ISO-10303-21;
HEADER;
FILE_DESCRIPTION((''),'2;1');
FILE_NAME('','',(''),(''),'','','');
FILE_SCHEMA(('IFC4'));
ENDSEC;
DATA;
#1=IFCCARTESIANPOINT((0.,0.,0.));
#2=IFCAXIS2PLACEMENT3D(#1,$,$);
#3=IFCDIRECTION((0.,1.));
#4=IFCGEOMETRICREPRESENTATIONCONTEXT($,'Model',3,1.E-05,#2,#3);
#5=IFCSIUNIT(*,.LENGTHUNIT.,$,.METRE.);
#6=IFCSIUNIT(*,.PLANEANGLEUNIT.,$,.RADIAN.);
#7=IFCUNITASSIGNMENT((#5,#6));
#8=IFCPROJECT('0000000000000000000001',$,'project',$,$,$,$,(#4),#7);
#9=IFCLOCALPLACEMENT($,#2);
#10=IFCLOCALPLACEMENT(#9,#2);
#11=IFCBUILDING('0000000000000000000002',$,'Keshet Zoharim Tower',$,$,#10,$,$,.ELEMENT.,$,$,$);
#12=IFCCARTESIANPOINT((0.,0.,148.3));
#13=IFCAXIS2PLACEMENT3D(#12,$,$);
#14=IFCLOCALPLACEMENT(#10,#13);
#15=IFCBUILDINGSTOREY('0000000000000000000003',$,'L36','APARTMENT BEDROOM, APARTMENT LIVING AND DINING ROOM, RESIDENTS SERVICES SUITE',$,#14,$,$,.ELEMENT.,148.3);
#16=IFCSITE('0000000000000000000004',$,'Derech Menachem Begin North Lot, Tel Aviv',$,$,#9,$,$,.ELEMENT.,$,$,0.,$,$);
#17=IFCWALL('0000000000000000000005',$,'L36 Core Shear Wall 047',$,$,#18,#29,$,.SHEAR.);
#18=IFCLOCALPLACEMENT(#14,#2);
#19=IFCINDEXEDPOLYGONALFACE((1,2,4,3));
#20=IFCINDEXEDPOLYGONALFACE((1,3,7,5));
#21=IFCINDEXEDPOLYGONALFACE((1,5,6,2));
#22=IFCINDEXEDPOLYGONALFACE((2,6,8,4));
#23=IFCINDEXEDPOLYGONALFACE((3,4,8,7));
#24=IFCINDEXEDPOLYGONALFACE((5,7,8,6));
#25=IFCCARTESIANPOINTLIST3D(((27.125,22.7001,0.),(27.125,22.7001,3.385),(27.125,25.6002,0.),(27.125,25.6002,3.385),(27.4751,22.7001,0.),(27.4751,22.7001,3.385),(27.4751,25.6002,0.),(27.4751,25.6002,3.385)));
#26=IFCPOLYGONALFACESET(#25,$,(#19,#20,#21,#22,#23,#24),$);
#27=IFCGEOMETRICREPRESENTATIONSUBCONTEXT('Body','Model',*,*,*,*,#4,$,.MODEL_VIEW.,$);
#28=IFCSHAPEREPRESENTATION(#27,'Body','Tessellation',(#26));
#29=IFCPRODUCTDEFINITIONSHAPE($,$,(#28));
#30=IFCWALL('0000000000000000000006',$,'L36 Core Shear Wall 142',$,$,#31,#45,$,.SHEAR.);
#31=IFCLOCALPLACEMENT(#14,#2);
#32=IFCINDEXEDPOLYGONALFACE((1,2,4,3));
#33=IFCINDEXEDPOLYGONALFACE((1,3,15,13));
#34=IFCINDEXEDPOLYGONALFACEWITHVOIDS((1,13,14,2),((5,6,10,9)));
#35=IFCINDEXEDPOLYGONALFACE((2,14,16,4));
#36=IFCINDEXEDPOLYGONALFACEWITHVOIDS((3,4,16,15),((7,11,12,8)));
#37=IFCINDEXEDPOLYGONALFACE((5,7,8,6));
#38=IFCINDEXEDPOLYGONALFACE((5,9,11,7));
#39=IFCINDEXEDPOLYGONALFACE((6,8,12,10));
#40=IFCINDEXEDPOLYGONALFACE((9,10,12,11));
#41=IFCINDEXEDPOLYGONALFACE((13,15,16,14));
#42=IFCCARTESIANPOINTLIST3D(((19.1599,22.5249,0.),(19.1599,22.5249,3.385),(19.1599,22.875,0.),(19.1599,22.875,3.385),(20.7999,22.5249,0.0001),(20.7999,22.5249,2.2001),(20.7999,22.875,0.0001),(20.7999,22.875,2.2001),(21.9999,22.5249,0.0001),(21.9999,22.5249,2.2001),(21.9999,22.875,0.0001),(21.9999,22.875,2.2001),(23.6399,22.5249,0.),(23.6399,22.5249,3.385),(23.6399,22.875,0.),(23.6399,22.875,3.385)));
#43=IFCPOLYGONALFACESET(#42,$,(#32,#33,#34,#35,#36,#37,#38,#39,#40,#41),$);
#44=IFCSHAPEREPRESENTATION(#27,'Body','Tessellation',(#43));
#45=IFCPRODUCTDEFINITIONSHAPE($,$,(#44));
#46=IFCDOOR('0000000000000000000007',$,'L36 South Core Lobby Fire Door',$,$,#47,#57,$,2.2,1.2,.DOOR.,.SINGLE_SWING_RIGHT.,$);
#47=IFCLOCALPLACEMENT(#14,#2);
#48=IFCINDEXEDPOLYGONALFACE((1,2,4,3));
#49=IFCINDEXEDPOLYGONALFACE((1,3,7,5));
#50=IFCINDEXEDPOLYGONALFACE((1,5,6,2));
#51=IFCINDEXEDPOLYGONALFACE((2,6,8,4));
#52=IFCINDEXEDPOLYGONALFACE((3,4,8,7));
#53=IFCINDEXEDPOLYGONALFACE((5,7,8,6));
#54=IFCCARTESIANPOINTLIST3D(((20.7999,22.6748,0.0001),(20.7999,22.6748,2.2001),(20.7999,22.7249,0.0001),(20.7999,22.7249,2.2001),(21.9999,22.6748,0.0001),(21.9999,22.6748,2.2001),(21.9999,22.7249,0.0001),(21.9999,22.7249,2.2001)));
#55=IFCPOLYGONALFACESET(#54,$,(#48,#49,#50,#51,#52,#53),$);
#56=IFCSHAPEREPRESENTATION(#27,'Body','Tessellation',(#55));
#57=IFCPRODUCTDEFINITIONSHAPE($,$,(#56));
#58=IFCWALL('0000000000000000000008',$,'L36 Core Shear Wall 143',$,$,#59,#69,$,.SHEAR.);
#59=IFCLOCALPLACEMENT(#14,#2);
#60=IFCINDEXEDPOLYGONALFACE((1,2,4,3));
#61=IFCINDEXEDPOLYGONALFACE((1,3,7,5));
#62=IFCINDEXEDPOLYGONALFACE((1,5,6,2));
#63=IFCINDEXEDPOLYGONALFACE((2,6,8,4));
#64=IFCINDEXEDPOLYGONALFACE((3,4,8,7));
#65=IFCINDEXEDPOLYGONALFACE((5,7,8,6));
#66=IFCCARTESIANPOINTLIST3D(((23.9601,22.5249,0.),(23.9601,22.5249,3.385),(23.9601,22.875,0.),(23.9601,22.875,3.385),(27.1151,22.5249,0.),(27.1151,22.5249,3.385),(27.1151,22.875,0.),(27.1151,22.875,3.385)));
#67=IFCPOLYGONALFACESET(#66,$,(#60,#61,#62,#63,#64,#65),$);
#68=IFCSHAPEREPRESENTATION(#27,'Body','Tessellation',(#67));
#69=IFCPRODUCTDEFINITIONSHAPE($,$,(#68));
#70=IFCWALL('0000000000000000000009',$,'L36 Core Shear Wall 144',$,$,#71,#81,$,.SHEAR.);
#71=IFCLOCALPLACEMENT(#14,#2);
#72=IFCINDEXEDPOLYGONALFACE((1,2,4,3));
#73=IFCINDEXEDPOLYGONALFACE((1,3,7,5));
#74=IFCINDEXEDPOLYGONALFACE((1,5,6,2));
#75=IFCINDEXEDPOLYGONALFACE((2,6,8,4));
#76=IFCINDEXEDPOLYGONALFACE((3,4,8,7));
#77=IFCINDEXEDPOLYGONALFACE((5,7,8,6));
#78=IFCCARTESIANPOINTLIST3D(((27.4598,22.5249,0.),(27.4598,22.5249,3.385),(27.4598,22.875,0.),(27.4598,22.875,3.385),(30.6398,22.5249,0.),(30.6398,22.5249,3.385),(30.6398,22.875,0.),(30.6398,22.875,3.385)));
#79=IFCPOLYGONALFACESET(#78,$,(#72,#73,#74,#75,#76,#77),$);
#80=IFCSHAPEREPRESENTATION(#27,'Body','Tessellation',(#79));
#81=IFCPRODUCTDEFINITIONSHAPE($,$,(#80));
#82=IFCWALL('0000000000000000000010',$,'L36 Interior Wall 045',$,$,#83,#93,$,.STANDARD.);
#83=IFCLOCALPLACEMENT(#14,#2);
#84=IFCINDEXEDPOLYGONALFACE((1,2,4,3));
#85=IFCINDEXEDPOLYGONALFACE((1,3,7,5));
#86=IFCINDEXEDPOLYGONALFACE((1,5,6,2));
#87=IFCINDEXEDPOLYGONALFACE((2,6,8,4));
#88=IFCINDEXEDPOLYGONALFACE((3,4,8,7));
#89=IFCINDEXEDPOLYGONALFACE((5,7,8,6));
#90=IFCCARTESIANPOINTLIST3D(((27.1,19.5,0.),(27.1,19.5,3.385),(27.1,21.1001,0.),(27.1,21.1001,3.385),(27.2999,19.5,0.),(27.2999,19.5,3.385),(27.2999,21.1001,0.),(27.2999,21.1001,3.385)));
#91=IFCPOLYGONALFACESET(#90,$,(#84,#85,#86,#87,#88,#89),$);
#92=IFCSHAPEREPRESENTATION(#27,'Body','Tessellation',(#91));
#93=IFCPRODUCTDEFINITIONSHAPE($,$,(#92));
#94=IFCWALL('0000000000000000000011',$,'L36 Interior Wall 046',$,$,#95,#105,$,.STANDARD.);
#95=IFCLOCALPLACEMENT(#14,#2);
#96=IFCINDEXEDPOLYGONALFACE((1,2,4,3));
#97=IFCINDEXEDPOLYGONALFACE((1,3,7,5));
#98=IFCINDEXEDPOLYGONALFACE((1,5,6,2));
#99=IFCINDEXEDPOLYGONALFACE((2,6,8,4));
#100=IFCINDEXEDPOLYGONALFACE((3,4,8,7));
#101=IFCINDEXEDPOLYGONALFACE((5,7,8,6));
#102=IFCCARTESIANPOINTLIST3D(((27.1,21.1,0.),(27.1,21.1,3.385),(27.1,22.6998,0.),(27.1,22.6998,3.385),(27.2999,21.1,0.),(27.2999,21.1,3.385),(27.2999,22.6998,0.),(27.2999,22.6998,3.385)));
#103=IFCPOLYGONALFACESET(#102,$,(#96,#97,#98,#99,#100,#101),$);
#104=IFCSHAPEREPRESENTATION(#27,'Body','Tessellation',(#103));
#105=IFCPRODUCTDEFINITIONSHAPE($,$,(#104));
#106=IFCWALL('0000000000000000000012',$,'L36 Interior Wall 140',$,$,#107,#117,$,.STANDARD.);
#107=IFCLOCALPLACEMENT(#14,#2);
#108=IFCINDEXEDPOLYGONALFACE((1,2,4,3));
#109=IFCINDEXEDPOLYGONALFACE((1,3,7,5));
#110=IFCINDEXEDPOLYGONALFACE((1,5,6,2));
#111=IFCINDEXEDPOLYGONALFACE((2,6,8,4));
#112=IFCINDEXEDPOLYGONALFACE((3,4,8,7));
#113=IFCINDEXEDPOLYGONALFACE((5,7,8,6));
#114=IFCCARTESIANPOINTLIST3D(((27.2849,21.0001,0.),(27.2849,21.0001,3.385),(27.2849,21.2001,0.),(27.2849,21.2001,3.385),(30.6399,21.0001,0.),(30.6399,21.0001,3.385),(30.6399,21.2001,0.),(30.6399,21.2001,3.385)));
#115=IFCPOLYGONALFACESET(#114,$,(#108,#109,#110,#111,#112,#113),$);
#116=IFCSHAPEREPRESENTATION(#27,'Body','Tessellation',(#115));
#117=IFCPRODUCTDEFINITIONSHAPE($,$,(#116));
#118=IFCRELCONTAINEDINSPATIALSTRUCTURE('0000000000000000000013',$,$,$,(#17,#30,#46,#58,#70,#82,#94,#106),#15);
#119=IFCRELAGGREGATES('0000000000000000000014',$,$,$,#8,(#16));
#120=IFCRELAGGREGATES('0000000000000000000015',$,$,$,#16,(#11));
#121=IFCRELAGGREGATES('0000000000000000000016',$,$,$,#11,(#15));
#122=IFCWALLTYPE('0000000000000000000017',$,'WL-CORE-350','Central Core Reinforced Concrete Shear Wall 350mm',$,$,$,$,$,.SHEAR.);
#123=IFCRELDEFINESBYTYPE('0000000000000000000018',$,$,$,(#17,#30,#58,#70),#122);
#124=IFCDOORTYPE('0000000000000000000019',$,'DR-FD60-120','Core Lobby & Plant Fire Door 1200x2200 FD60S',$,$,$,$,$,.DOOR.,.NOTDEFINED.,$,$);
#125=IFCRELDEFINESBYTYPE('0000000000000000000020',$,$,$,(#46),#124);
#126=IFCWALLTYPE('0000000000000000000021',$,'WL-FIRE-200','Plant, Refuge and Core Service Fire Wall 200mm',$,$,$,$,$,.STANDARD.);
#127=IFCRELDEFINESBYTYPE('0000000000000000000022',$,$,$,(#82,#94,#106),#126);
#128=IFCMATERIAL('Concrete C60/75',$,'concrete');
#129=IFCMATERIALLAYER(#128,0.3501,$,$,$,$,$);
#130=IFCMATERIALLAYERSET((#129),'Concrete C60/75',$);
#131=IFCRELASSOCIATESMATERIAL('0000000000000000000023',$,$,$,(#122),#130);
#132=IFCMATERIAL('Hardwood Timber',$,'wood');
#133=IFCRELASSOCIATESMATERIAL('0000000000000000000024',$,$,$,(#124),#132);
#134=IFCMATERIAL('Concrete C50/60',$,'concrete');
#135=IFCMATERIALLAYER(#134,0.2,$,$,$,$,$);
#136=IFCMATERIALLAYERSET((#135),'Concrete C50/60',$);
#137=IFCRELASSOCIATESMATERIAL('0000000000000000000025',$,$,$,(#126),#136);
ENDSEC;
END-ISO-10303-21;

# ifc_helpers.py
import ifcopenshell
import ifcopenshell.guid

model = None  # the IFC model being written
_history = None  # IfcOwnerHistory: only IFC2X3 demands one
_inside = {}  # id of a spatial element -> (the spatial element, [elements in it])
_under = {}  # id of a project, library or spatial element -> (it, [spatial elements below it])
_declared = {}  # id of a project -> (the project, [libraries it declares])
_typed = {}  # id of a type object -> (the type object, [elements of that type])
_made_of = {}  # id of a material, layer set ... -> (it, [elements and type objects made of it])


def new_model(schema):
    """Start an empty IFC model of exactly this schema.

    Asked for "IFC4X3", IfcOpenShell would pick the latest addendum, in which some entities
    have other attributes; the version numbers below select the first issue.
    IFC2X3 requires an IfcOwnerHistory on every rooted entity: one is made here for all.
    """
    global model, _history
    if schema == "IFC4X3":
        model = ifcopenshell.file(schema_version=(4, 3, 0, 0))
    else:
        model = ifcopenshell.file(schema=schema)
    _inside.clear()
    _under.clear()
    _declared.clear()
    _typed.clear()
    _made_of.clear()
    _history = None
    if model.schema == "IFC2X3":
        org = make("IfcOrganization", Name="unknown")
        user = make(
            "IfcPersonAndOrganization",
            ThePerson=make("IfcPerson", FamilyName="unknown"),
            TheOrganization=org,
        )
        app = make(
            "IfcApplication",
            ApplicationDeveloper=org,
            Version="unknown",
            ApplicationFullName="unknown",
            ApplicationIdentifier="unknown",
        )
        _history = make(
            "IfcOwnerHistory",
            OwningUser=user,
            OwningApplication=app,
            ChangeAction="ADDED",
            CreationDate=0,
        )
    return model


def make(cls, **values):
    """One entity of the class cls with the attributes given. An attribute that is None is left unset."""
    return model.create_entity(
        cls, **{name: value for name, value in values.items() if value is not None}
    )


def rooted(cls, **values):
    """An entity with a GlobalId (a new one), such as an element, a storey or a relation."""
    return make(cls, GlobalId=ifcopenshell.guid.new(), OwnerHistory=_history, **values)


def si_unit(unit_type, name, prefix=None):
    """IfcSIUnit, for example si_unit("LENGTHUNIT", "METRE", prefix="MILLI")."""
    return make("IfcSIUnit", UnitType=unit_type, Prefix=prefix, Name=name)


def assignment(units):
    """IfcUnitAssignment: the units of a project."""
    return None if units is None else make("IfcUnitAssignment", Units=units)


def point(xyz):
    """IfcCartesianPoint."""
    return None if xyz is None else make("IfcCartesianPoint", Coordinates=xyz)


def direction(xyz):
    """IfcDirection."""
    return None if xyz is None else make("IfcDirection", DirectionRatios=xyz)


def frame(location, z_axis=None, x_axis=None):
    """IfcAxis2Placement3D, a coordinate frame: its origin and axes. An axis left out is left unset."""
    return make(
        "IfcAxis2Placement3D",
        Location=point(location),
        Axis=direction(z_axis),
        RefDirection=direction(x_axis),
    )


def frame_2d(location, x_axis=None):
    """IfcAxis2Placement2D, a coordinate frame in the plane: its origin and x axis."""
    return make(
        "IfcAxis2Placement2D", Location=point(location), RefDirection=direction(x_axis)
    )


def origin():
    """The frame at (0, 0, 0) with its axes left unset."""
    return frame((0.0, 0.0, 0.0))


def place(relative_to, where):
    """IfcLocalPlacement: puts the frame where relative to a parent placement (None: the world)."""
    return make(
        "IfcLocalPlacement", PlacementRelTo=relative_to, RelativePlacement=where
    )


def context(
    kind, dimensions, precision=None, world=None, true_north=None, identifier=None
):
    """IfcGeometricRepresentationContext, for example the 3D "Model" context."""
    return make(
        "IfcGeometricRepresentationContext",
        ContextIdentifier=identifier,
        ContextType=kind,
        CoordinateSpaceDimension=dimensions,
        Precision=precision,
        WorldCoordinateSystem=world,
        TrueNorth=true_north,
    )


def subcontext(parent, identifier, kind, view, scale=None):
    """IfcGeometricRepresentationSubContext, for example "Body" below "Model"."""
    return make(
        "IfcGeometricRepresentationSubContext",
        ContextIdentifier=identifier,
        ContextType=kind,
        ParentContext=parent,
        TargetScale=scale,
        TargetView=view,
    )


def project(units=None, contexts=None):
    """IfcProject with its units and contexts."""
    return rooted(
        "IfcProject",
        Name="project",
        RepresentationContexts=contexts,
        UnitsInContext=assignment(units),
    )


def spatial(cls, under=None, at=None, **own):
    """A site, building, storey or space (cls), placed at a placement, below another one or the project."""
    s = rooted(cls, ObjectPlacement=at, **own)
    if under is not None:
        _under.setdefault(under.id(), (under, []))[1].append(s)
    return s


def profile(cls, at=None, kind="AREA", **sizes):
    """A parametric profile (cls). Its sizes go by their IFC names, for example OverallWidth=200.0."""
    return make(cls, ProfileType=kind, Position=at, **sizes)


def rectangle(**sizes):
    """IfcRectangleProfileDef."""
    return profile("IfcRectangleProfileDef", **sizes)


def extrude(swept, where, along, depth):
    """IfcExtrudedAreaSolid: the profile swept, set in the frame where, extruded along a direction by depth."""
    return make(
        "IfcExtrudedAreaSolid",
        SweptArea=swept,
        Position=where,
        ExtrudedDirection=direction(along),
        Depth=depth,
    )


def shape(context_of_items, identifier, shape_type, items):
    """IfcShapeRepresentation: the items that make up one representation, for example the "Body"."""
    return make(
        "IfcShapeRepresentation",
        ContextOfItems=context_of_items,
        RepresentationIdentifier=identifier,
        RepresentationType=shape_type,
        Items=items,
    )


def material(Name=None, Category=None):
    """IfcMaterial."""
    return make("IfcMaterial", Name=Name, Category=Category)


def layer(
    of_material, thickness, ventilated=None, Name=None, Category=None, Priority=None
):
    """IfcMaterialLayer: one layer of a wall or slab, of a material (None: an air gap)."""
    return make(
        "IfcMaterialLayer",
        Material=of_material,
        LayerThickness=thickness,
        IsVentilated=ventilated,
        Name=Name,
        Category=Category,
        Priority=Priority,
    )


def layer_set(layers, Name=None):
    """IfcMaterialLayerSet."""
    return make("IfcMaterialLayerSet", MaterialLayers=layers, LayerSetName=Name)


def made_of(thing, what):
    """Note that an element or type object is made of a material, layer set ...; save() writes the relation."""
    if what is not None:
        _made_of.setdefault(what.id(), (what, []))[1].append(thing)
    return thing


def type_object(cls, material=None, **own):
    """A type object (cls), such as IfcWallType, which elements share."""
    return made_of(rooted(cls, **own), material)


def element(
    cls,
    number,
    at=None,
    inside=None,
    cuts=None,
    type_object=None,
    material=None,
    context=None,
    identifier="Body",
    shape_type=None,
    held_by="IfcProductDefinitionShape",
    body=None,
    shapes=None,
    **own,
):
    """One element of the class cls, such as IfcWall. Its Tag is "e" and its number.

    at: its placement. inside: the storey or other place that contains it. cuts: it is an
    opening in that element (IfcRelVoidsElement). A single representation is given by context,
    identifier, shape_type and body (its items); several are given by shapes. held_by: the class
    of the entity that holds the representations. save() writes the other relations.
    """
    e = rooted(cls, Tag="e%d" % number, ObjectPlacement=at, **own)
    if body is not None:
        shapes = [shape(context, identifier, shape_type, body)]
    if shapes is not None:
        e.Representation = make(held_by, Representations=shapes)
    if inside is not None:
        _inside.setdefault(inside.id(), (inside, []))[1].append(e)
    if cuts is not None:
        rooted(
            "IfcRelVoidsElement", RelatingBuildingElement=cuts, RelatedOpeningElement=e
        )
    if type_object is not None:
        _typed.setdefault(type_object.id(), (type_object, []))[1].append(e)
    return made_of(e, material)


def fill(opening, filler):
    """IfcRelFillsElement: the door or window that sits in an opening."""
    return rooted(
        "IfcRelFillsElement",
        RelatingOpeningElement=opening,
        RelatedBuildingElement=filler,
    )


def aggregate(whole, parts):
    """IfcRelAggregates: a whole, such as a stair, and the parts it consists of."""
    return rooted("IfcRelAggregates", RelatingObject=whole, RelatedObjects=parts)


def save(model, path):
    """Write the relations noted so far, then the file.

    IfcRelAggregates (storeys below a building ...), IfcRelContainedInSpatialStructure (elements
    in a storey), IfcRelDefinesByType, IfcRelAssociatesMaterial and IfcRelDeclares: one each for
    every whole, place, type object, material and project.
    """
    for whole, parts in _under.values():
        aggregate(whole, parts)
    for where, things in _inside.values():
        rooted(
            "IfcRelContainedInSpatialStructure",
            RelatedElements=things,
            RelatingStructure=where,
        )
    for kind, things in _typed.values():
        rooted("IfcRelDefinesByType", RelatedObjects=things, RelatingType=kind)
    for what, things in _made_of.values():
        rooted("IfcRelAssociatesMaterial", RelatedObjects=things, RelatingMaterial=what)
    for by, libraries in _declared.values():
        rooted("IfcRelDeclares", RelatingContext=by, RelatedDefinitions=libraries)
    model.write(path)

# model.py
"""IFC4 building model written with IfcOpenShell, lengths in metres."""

from ifc_helpers import new_model, si_unit, direction, frame, frame_2d, origin, place, context, subcontext, project, spatial, rectangle, extrude, material, layer, layer_set, type_object, element, fill, save


model = new_model("IFC4")

# Units and contexts
model_context = context("Model", 3, precision=1e-05, world=origin(), true_north=direction((0.0, 1.0)))
body_context = subcontext(model_context, "Body", "Model", "MODEL_VIEW")
ifc_project = project(units=[si_unit("LENGTHUNIT", "METRE"), si_unit("PLANEANGLEUNIT", "RADIAN")], contexts=[model_context])

# Site, building, storey
site_placement = place(None, origin())
site = spatial("IfcSite", under=ifc_project, at=site_placement, Name="Derech Menachem Begin North Lot, Tel Aviv", CompositionType="ELEMENT", RefElevation=0.0)
building_placement = place(site_placement, origin())
building = spatial("IfcBuilding", under=site, at=building_placement, Name="Keshet Zoharim Tower", CompositionType="ELEMENT")
storey_placement = place(building_placement, frame((0.0, 0.0, 148.3)))
storey = spatial("IfcBuildingStorey", under=building, at=storey_placement, Name="L36", Description="APARTMENT BEDROOM, APARTMENT LIVING AND DINING ROOM, RESIDENTS SERVICES SUITE", CompositionType="ELEMENT", Elevation=148.3)

# Shared definitions
ifc_material_1 = material(Name="Concrete C60/75", Category="concrete")
ifc_layer_1 = layer(ifc_material_1, 0.3501)
ifc_layer_set_1 = layer_set([ifc_layer_1], Name="Concrete C60/75")
wall_type_1 = type_object("IfcWallType", Name="WL-CORE-350", Description="Central Core Reinforced Concrete Shear Wall 350mm", PredefinedType="SHEAR", material=ifc_layer_set_1)
ifc_material_2 = material(Name="Hardwood Timber", Category="wood")

# Wall
wall_1_placement = place(storey_placement, frame((27.3, 22.7, 0.0), z_axis=(0.0, 0.0, 1.0), x_axis=(0.0, 1.0, 0.0)))
element("IfcWall", 1, at=wall_1_placement, inside=storey, type_object=wall_type_1, Name="L36 Core Shear Wall 047", PredefinedType="SHEAR", context=body_context, shape_type="SweptSolid", body=[
    extrude(rectangle(XDim=2.9001, YDim=0.3501, at=frame_2d((1.4502, 0.0))), origin(), (0.0, 0.0, 1.0), 3.385),
])

# Wall, opening, door
wall_2_placement = place(storey_placement, frame((19.1599, 22.7, 0.0), z_axis=(0.0, 0.0, 1.0), x_axis=(1.0, 0.0, 0.0)))
wall_2 = element("IfcWall", 2, at=wall_2_placement, inside=storey, type_object=wall_type_1, Name="L36 Core Shear Wall 142", PredefinedType="SHEAR", context=body_context, shape_type="SweptSolid", body=[
    extrude(rectangle(XDim=4.48, YDim=0.3501, at=frame_2d((2.24, 0.0))), origin(), (0.0, 0.0, 1.0), 3.385),
])
opening_1_placement = place(wall_2_placement, frame((1.6399, 0.0, 0.0)))
opening_1 = element("IfcOpeningElement", 3, at=opening_1_placement, cuts=wall_2, PredefinedType="OPENING", context=body_context, shape_type="SweptSolid", body=[
    extrude(rectangle(XDim=1.2, YDim=2.2, at=frame_2d((0.6001, 1.1001))), frame((0.0, 0.1851, 0.0), z_axis=(0.0, -1.0, 0.0), x_axis=(1.0, 0.0, 0.0)), (0.0, 0.0, 1.0), 0.3701),
])
door_type_1 = type_object("IfcDoorType", Name="DR-FD60-120", Description="Core Lobby & Plant Fire Door 1200x2200 FD60S", OperationType="NOTDEFINED", PredefinedType="DOOR", material=ifc_material_2)
door_1_placement = place(opening_1_placement, origin())
door_1 = element("IfcDoor", 4, at=door_1_placement, inside=storey, type_object=door_type_1, Name="L36 South Core Lobby Fire Door", OperationType="SINGLE_SWING_RIGHT", OverallHeight=2.2, OverallWidth=1.2, PredefinedType="DOOR", context=body_context, shape_type="SweptSolid", body=[
    extrude(rectangle(XDim=1.2, YDim=2.2, at=frame_2d((0.6001, 1.1001))), frame((0.0, 0.0249, 0.0), z_axis=(0.0, -1.0, 0.0), x_axis=(1.0, 0.0, 0.0)), (0.0, 0.0, 1.0), 0.05),
])
fill(opening_1, door_1)

# Walls
wall_3_placement = place(storey_placement, frame((23.96, 22.7, 0.0), z_axis=(0.0, 0.0, 1.0), x_axis=(1.0, 0.0, 0.0)))
element("IfcWall", 5, at=wall_3_placement, inside=storey, type_object=wall_type_1, Name="L36 Core Shear Wall 143", PredefinedType="SHEAR", context=body_context, shape_type="SweptSolid", body=[
    extrude(rectangle(XDim=3.155, YDim=0.3501, at=frame_2d((1.5776, 0.0))), origin(), (0.0, 0.0, 1.0), 3.385),
])
wall_4_placement = place(storey_placement, frame((27.46, 22.7, 0.0), z_axis=(0.0, 0.0, 1.0), x_axis=(1.0, 0.0, 0.0)))
element("IfcWall", 6, at=wall_4_placement, inside=storey, type_object=wall_type_1, Name="L36 Core Shear Wall 144", PredefinedType="SHEAR", context=body_context, shape_type="SweptSolid", body=[
    extrude(rectangle(XDim=3.1799, YDim=0.3501, at=frame_2d((1.5898, 0.0))), origin(), (0.0, 0.0, 1.0), 3.385),
])
ifc_material_3 = material(Name="Concrete C50/60", Category="concrete")
ifc_layer_2 = layer(ifc_material_3, 0.2)
ifc_layer_set_2 = layer_set([ifc_layer_2], Name="Concrete C50/60")
wall_type_2 = type_object("IfcWallType", Name="WL-FIRE-200", Description="Plant, Refuge and Core Service Fire Wall 200mm", PredefinedType="STANDARD", material=ifc_layer_set_2)
wall_5_placement = place(storey_placement, frame((27.2, 19.5, 0.0), z_axis=(0.0, 0.0, 1.0), x_axis=(0.0, 1.0, 0.0)))
element("IfcWall", 7, at=wall_5_placement, inside=storey, type_object=wall_type_2, Name="L36 Interior Wall 045", PredefinedType="STANDARD", context=body_context, shape_type="SweptSolid", body=[
    extrude(rectangle(XDim=1.6001, YDim=0.2, at=frame_2d((0.8, 0.0))), origin(), (0.0, 0.0, 1.0), 3.385),
])
wall_6_placement = place(storey_placement, frame((27.2, 21.1001, 0.0), z_axis=(0.0, 0.0, 1.0), x_axis=(0.0, 1.0, 0.0)))
element("IfcWall", 8, at=wall_6_placement, inside=storey, type_object=wall_type_2, Name="L36 Interior Wall 046", PredefinedType="STANDARD", context=body_context, shape_type="SweptSolid", body=[
    extrude(rectangle(XDim=1.5999, YDim=0.2, at=frame_2d((0.7998, 0.0))), origin(), (0.0, 0.0, 1.0), 3.385),
])

# Wall
wall_7_placement = place(storey_placement, frame((27.2849, 21.1001, 0.0), z_axis=(0.0, 0.0, 1.0), x_axis=(1.0, 0.0, 0.0)))
element("IfcWall", 9, at=wall_7_placement, inside=storey, type_object=wall_type_2, Name="L36 Interior Wall 140", PredefinedType="STANDARD", context=body_context, shape_type="SweptSolid", body=[
    extrude(rectangle(XDim=3.355, YDim=0.2, at=frame_2d((1.6775, 0.0))), origin(), (0.0, 0.0, 1.0), 3.385),
])

save(model, "model.ifc")
